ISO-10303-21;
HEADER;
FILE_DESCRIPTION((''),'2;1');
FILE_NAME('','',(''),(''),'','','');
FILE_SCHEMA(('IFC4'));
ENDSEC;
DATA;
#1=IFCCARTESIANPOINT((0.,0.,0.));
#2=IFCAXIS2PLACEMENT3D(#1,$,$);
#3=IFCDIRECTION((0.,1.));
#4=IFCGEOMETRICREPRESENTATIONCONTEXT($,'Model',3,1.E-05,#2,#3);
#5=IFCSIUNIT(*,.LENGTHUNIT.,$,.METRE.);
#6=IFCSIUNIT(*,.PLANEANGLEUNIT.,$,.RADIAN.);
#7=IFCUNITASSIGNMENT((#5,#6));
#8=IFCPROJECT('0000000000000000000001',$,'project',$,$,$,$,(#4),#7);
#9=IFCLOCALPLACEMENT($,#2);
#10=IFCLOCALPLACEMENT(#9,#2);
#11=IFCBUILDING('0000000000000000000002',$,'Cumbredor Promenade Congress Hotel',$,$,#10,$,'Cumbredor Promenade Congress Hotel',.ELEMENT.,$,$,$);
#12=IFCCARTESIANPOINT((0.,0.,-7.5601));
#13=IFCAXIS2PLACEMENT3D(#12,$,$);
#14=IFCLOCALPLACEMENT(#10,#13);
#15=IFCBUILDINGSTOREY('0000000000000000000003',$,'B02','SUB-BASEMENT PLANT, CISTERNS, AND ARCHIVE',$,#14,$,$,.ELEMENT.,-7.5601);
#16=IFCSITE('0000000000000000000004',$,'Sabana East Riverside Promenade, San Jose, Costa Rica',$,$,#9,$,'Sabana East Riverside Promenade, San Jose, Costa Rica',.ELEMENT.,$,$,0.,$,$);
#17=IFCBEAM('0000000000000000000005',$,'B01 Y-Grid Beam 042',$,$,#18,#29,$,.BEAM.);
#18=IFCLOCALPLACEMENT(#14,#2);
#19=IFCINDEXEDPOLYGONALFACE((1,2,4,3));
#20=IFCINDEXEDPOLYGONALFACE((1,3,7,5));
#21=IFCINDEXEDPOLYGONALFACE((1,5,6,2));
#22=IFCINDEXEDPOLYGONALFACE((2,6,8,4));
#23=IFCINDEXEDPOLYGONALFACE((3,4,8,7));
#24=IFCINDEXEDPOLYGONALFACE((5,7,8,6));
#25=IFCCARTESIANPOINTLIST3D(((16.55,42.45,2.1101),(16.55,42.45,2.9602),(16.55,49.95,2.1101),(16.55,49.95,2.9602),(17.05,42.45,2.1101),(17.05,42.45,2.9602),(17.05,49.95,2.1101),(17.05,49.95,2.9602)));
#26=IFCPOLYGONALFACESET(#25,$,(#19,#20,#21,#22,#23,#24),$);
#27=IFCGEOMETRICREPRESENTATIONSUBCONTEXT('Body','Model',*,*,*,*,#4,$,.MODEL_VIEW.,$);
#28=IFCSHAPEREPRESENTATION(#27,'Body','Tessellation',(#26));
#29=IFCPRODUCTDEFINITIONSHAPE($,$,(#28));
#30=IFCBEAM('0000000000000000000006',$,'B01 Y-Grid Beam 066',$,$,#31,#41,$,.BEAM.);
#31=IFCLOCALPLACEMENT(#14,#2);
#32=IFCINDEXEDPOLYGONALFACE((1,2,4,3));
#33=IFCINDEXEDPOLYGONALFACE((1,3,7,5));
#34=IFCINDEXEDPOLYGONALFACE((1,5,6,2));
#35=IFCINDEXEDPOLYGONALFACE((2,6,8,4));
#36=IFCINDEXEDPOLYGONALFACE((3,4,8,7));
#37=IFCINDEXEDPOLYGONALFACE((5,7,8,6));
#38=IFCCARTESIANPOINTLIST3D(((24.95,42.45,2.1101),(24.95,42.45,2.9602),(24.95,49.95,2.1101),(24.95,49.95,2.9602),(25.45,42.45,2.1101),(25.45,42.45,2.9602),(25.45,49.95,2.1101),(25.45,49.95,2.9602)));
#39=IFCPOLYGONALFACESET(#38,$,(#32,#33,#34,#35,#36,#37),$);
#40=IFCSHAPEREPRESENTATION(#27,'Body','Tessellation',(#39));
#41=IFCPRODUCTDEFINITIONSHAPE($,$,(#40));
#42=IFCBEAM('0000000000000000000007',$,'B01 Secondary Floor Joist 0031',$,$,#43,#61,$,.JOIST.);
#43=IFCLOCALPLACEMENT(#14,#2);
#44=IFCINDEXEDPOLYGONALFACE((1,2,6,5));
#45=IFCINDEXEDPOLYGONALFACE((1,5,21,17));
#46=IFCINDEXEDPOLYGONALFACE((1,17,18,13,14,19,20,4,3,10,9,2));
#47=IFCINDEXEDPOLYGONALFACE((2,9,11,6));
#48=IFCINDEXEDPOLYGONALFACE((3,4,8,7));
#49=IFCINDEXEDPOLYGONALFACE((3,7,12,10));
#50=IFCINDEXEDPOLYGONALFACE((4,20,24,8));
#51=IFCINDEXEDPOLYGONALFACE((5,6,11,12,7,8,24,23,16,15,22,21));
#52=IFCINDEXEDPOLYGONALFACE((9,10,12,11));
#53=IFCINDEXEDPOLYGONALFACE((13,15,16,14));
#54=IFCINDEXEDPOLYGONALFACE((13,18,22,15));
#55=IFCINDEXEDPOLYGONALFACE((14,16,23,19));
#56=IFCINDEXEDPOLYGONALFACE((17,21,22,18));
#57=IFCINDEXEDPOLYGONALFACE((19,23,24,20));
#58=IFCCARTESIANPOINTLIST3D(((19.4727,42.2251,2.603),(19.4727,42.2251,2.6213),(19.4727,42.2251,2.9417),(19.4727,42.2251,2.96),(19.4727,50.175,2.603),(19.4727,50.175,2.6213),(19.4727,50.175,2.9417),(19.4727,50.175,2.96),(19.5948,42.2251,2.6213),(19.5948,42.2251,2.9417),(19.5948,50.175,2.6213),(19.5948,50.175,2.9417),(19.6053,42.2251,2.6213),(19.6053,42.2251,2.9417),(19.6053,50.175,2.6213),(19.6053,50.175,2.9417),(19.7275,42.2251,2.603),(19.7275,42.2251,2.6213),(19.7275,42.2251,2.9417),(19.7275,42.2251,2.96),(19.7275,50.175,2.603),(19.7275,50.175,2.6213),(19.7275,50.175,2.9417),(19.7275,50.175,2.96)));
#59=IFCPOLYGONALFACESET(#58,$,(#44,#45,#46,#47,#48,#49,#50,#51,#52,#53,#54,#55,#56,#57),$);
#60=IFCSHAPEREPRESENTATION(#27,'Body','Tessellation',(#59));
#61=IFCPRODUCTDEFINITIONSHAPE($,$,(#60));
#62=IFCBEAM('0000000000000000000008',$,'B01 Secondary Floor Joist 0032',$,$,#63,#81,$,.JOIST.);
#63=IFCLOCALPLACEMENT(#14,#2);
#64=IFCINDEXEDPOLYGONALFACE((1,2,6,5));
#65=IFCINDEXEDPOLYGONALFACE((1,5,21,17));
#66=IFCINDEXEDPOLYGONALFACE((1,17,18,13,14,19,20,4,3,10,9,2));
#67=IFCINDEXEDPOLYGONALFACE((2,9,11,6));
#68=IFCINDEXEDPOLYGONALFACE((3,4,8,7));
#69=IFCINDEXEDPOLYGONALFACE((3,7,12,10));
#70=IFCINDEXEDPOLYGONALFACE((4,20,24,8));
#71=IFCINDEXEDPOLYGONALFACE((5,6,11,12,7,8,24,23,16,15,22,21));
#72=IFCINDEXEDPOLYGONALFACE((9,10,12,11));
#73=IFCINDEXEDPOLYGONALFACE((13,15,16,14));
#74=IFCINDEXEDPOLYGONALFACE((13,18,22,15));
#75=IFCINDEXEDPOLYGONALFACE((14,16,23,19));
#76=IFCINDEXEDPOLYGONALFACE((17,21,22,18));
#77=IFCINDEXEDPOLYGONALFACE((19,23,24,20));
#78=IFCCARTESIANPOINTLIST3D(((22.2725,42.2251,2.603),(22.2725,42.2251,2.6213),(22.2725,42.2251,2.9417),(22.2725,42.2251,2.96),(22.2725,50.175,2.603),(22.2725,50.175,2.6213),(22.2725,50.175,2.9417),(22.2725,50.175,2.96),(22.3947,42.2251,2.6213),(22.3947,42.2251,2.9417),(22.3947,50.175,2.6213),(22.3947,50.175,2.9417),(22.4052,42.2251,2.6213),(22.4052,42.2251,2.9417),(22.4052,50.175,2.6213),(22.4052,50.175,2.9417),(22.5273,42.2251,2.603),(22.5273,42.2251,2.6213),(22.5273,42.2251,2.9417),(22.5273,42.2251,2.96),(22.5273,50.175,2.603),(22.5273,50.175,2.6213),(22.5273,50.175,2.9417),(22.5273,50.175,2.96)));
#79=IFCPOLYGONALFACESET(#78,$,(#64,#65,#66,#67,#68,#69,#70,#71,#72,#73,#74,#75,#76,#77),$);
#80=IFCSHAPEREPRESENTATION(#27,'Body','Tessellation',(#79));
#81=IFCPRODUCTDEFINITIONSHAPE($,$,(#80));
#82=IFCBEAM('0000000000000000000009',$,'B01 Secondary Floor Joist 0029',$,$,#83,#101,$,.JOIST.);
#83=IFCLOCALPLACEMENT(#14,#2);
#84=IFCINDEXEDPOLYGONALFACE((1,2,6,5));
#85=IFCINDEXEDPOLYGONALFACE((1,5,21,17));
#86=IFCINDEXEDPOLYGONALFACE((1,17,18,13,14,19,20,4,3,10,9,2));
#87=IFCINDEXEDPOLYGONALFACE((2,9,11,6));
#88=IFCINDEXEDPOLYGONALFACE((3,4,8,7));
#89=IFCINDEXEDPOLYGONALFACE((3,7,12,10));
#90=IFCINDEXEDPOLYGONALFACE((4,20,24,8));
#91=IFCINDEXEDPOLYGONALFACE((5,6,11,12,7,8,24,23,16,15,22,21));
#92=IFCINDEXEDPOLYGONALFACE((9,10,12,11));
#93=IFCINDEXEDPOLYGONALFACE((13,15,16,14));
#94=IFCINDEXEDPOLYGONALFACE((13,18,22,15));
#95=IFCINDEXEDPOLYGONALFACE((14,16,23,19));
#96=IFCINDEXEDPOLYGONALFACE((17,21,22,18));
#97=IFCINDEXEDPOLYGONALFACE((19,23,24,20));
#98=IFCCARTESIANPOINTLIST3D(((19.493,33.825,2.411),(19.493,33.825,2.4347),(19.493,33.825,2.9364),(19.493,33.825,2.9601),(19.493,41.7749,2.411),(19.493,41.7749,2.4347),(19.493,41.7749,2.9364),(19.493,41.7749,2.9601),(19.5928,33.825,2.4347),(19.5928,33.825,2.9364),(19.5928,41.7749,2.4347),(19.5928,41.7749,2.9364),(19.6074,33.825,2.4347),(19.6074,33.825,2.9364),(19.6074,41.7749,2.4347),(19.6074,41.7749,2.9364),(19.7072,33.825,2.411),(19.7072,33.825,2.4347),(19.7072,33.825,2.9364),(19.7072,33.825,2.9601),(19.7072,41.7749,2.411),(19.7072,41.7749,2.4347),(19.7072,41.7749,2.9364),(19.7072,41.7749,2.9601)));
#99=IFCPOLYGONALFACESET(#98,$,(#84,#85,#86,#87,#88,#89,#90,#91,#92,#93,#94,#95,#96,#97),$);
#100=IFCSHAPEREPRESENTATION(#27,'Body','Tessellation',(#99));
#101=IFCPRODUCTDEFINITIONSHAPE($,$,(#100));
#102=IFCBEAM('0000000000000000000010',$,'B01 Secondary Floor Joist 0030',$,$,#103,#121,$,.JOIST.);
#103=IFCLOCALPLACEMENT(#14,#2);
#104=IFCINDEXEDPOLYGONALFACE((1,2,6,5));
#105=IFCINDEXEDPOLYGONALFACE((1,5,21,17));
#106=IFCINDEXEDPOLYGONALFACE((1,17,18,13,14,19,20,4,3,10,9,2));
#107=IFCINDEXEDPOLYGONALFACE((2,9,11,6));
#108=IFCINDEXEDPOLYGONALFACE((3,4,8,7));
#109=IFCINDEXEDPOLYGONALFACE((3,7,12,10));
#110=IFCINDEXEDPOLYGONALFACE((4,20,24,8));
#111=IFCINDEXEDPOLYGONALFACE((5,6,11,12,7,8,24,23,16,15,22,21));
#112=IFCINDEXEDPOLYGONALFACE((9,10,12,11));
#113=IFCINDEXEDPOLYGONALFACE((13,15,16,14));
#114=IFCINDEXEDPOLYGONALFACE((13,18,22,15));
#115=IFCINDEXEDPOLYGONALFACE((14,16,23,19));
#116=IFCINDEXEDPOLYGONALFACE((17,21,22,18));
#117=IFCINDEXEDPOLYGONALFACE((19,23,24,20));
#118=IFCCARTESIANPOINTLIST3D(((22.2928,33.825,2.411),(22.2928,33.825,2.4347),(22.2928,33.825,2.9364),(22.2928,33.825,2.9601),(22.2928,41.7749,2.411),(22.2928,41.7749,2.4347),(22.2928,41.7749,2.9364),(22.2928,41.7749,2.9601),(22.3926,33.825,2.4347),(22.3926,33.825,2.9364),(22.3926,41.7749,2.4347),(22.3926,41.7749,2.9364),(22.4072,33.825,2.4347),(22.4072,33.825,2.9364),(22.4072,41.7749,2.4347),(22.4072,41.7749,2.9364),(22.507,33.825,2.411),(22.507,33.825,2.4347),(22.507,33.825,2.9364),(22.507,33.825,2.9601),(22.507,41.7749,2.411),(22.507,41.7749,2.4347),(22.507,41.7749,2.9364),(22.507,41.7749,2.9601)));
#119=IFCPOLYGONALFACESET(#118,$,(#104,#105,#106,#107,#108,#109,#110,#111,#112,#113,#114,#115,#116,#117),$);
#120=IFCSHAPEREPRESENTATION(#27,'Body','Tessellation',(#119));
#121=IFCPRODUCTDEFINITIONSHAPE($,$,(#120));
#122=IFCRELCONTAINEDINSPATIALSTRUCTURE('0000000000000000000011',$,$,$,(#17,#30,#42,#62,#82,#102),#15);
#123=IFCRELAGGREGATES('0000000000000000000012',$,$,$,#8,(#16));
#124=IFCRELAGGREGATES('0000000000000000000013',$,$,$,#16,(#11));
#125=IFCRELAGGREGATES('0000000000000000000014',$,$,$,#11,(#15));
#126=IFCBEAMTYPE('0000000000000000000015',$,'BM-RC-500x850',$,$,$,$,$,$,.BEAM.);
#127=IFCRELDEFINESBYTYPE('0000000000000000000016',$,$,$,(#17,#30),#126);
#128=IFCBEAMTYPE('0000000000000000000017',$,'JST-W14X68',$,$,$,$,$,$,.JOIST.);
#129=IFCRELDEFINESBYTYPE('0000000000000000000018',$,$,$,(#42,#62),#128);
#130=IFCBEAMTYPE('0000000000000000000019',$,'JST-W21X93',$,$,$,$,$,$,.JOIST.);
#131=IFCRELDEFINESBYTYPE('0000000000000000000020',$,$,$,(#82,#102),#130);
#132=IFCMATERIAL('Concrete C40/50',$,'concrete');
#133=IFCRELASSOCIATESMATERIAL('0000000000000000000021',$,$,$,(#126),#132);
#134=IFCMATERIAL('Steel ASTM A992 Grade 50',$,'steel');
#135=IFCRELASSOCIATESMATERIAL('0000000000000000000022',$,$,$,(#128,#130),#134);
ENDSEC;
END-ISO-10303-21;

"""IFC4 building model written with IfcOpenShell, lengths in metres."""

from ifc_helpers import new_model, si_unit, direction, frame, origin, origin_2d, place, context, subcontext, project, spatial, rectangle, i_section, extrude, material, material_profile, profile_set, type_object, element, save


model = new_model("IFC4")

# Units and contexts
model_context = context("Model", 3, precision=1e-05, world=origin(), true_north=direction((0.0, 1.0)))
body_context = subcontext(model_context, "Body", "Model", "MODEL_VIEW")
ifc_project = project(units=[si_unit("LENGTHUNIT", "METRE"), si_unit("PLANEANGLEUNIT", "RADIAN")], contexts=[model_context])

# Site, building, storey
site_placement = place(None, origin())
site = spatial("IfcSite", under=ifc_project, at=site_placement, Name="Sabana East Riverside Promenade, San Jose, Costa Rica", LongName="Sabana East Riverside Promenade, San Jose, Costa Rica", CompositionType="ELEMENT", RefElevation=0.0)
building_placement = place(site_placement, origin())
building = spatial("IfcBuilding", under=site, at=building_placement, Name="Cumbredor Promenade Congress Hotel", LongName="Cumbredor Promenade Congress Hotel", CompositionType="ELEMENT")
storey_placement = place(building_placement, frame((0.0, 0.0, -7.5601)))
storey = spatial("IfcBuildingStorey", under=building, at=storey_placement, Name="B02", Description="SUB-BASEMENT PLANT, CISTERNS, AND ARCHIVE", CompositionType="ELEMENT", Elevation=-7.5601)

# Shared definitions
ifc_material_1 = material(Name="Concrete C40/50", Category="concrete")

# Beams
ifc_material_profile_1 = material_profile(ifc_material_1, rectangle(XDim=0.5, YDim=0.8501, at=origin_2d()), Name="RC BEAM 500x850")
ifc_profile_set_1 = profile_set([ifc_material_profile_1], Name="Concrete C40/50")
beam_type_1 = type_object("IfcBeamType", Name="BM-RC-500x850", PredefinedType="BEAM", material=ifc_profile_set_1)
for number, where, z_axis, x_axis, name in (
    (1, (16.8, 42.45, 2.5352), (0.0, 1.0, 0.0), (-1.0, 0.0, 0.0), "B01 Y-Grid Beam 042"),
    (2, (25.2, 42.45, 2.5352), (0.0, 1.0, 0.0), (-1.0, 0.0, 0.0), "B01 Y-Grid Beam 066"),
):
    element("IfcBeam", number, at=place(storey_placement, frame(where, z_axis=z_axis, x_axis=x_axis)), inside=storey, type_object=beam_type_1, Name=name, PredefinedType="BEAM", context=body_context, shape_type="SweptSolid", body=[
        extrude(rectangle(XDim=0.5, YDim=0.8501, at=origin_2d()), origin(), (0.0, 0.0, 1.0), 7.5),
    ])
ifc_material_2 = material(Name="Steel ASTM A992 Grade 50", Category="steel")
ifc_material_profile_2 = material_profile(ifc_material_2, i_section(OverallWidth=0.2549, OverallDepth=0.3569, WebThickness=0.0105, FlangeThickness=0.0183, at=origin_2d()), Name="W14X68")
ifc_profile_set_2 = profile_set([ifc_material_profile_2], Name="Steel ASTM A992 Grade 50")
beam_type_2 = type_object("IfcBeamType", Name="JST-W14X68", PredefinedType="JOIST", material=ifc_profile_set_2)
for number, where, z_axis, x_axis, name in (
    (3, (19.6001, 42.2251, 2.7815), (0.0, 1.0, 0.0), (-1.0, 0.0, 0.0), "B01 Secondary Floor Joist 0031"),
    (4, (22.3999, 42.2251, 2.7815), (0.0, 1.0, 0.0), (-1.0, 0.0, 0.0), "B01 Secondary Floor Joist 0032"),
):
    element("IfcBeam", number, at=place(storey_placement, frame(where, z_axis=z_axis, x_axis=x_axis)), inside=storey, type_object=beam_type_2, Name=name, PredefinedType="JOIST", context=body_context, shape_type="SweptSolid", body=[
        extrude(i_section(OverallWidth=0.2549, OverallDepth=0.3569, WebThickness=0.0105, FlangeThickness=0.0183, at=origin_2d()), origin(), (0.0, 0.0, 1.0), 7.95),
    ])
ifc_material_profile_3 = material_profile(ifc_material_2, i_section(OverallWidth=0.2141, OverallDepth=0.5491, WebThickness=0.0146, FlangeThickness=0.0237, at=origin_2d()), Name="W21X93")
ifc_profile_set_3 = profile_set([ifc_material_profile_3], Name="Steel ASTM A992 Grade 50")
beam_type_3 = type_object("IfcBeamType", Name="JST-W21X93", PredefinedType="JOIST", material=ifc_profile_set_3)
for number, where, z_axis, x_axis, name in (
    (5, (19.6001, 33.825, 2.6855), (0.0, 1.0, 0.0), (-1.0, 0.0, 0.0), "B01 Secondary Floor Joist 0029"),
    (6, (22.3999, 33.825, 2.6855), (0.0, 1.0, 0.0), (-1.0, 0.0, 0.0), "B01 Secondary Floor Joist 0030"),
):
    element("IfcBeam", number, at=place(storey_placement, frame(where, z_axis=z_axis, x_axis=x_axis)), inside=storey, type_object=beam_type_3, Name=name, PredefinedType="JOIST", context=body_context, shape_type="SweptSolid", body=[
        extrude(i_section(OverallWidth=0.2141, OverallDepth=0.5491, WebThickness=0.0146, FlangeThickness=0.0237, at=origin_2d()), origin(), (0.0, 0.0, 1.0), 7.95),
    ])

save(model, "model.ifc")
